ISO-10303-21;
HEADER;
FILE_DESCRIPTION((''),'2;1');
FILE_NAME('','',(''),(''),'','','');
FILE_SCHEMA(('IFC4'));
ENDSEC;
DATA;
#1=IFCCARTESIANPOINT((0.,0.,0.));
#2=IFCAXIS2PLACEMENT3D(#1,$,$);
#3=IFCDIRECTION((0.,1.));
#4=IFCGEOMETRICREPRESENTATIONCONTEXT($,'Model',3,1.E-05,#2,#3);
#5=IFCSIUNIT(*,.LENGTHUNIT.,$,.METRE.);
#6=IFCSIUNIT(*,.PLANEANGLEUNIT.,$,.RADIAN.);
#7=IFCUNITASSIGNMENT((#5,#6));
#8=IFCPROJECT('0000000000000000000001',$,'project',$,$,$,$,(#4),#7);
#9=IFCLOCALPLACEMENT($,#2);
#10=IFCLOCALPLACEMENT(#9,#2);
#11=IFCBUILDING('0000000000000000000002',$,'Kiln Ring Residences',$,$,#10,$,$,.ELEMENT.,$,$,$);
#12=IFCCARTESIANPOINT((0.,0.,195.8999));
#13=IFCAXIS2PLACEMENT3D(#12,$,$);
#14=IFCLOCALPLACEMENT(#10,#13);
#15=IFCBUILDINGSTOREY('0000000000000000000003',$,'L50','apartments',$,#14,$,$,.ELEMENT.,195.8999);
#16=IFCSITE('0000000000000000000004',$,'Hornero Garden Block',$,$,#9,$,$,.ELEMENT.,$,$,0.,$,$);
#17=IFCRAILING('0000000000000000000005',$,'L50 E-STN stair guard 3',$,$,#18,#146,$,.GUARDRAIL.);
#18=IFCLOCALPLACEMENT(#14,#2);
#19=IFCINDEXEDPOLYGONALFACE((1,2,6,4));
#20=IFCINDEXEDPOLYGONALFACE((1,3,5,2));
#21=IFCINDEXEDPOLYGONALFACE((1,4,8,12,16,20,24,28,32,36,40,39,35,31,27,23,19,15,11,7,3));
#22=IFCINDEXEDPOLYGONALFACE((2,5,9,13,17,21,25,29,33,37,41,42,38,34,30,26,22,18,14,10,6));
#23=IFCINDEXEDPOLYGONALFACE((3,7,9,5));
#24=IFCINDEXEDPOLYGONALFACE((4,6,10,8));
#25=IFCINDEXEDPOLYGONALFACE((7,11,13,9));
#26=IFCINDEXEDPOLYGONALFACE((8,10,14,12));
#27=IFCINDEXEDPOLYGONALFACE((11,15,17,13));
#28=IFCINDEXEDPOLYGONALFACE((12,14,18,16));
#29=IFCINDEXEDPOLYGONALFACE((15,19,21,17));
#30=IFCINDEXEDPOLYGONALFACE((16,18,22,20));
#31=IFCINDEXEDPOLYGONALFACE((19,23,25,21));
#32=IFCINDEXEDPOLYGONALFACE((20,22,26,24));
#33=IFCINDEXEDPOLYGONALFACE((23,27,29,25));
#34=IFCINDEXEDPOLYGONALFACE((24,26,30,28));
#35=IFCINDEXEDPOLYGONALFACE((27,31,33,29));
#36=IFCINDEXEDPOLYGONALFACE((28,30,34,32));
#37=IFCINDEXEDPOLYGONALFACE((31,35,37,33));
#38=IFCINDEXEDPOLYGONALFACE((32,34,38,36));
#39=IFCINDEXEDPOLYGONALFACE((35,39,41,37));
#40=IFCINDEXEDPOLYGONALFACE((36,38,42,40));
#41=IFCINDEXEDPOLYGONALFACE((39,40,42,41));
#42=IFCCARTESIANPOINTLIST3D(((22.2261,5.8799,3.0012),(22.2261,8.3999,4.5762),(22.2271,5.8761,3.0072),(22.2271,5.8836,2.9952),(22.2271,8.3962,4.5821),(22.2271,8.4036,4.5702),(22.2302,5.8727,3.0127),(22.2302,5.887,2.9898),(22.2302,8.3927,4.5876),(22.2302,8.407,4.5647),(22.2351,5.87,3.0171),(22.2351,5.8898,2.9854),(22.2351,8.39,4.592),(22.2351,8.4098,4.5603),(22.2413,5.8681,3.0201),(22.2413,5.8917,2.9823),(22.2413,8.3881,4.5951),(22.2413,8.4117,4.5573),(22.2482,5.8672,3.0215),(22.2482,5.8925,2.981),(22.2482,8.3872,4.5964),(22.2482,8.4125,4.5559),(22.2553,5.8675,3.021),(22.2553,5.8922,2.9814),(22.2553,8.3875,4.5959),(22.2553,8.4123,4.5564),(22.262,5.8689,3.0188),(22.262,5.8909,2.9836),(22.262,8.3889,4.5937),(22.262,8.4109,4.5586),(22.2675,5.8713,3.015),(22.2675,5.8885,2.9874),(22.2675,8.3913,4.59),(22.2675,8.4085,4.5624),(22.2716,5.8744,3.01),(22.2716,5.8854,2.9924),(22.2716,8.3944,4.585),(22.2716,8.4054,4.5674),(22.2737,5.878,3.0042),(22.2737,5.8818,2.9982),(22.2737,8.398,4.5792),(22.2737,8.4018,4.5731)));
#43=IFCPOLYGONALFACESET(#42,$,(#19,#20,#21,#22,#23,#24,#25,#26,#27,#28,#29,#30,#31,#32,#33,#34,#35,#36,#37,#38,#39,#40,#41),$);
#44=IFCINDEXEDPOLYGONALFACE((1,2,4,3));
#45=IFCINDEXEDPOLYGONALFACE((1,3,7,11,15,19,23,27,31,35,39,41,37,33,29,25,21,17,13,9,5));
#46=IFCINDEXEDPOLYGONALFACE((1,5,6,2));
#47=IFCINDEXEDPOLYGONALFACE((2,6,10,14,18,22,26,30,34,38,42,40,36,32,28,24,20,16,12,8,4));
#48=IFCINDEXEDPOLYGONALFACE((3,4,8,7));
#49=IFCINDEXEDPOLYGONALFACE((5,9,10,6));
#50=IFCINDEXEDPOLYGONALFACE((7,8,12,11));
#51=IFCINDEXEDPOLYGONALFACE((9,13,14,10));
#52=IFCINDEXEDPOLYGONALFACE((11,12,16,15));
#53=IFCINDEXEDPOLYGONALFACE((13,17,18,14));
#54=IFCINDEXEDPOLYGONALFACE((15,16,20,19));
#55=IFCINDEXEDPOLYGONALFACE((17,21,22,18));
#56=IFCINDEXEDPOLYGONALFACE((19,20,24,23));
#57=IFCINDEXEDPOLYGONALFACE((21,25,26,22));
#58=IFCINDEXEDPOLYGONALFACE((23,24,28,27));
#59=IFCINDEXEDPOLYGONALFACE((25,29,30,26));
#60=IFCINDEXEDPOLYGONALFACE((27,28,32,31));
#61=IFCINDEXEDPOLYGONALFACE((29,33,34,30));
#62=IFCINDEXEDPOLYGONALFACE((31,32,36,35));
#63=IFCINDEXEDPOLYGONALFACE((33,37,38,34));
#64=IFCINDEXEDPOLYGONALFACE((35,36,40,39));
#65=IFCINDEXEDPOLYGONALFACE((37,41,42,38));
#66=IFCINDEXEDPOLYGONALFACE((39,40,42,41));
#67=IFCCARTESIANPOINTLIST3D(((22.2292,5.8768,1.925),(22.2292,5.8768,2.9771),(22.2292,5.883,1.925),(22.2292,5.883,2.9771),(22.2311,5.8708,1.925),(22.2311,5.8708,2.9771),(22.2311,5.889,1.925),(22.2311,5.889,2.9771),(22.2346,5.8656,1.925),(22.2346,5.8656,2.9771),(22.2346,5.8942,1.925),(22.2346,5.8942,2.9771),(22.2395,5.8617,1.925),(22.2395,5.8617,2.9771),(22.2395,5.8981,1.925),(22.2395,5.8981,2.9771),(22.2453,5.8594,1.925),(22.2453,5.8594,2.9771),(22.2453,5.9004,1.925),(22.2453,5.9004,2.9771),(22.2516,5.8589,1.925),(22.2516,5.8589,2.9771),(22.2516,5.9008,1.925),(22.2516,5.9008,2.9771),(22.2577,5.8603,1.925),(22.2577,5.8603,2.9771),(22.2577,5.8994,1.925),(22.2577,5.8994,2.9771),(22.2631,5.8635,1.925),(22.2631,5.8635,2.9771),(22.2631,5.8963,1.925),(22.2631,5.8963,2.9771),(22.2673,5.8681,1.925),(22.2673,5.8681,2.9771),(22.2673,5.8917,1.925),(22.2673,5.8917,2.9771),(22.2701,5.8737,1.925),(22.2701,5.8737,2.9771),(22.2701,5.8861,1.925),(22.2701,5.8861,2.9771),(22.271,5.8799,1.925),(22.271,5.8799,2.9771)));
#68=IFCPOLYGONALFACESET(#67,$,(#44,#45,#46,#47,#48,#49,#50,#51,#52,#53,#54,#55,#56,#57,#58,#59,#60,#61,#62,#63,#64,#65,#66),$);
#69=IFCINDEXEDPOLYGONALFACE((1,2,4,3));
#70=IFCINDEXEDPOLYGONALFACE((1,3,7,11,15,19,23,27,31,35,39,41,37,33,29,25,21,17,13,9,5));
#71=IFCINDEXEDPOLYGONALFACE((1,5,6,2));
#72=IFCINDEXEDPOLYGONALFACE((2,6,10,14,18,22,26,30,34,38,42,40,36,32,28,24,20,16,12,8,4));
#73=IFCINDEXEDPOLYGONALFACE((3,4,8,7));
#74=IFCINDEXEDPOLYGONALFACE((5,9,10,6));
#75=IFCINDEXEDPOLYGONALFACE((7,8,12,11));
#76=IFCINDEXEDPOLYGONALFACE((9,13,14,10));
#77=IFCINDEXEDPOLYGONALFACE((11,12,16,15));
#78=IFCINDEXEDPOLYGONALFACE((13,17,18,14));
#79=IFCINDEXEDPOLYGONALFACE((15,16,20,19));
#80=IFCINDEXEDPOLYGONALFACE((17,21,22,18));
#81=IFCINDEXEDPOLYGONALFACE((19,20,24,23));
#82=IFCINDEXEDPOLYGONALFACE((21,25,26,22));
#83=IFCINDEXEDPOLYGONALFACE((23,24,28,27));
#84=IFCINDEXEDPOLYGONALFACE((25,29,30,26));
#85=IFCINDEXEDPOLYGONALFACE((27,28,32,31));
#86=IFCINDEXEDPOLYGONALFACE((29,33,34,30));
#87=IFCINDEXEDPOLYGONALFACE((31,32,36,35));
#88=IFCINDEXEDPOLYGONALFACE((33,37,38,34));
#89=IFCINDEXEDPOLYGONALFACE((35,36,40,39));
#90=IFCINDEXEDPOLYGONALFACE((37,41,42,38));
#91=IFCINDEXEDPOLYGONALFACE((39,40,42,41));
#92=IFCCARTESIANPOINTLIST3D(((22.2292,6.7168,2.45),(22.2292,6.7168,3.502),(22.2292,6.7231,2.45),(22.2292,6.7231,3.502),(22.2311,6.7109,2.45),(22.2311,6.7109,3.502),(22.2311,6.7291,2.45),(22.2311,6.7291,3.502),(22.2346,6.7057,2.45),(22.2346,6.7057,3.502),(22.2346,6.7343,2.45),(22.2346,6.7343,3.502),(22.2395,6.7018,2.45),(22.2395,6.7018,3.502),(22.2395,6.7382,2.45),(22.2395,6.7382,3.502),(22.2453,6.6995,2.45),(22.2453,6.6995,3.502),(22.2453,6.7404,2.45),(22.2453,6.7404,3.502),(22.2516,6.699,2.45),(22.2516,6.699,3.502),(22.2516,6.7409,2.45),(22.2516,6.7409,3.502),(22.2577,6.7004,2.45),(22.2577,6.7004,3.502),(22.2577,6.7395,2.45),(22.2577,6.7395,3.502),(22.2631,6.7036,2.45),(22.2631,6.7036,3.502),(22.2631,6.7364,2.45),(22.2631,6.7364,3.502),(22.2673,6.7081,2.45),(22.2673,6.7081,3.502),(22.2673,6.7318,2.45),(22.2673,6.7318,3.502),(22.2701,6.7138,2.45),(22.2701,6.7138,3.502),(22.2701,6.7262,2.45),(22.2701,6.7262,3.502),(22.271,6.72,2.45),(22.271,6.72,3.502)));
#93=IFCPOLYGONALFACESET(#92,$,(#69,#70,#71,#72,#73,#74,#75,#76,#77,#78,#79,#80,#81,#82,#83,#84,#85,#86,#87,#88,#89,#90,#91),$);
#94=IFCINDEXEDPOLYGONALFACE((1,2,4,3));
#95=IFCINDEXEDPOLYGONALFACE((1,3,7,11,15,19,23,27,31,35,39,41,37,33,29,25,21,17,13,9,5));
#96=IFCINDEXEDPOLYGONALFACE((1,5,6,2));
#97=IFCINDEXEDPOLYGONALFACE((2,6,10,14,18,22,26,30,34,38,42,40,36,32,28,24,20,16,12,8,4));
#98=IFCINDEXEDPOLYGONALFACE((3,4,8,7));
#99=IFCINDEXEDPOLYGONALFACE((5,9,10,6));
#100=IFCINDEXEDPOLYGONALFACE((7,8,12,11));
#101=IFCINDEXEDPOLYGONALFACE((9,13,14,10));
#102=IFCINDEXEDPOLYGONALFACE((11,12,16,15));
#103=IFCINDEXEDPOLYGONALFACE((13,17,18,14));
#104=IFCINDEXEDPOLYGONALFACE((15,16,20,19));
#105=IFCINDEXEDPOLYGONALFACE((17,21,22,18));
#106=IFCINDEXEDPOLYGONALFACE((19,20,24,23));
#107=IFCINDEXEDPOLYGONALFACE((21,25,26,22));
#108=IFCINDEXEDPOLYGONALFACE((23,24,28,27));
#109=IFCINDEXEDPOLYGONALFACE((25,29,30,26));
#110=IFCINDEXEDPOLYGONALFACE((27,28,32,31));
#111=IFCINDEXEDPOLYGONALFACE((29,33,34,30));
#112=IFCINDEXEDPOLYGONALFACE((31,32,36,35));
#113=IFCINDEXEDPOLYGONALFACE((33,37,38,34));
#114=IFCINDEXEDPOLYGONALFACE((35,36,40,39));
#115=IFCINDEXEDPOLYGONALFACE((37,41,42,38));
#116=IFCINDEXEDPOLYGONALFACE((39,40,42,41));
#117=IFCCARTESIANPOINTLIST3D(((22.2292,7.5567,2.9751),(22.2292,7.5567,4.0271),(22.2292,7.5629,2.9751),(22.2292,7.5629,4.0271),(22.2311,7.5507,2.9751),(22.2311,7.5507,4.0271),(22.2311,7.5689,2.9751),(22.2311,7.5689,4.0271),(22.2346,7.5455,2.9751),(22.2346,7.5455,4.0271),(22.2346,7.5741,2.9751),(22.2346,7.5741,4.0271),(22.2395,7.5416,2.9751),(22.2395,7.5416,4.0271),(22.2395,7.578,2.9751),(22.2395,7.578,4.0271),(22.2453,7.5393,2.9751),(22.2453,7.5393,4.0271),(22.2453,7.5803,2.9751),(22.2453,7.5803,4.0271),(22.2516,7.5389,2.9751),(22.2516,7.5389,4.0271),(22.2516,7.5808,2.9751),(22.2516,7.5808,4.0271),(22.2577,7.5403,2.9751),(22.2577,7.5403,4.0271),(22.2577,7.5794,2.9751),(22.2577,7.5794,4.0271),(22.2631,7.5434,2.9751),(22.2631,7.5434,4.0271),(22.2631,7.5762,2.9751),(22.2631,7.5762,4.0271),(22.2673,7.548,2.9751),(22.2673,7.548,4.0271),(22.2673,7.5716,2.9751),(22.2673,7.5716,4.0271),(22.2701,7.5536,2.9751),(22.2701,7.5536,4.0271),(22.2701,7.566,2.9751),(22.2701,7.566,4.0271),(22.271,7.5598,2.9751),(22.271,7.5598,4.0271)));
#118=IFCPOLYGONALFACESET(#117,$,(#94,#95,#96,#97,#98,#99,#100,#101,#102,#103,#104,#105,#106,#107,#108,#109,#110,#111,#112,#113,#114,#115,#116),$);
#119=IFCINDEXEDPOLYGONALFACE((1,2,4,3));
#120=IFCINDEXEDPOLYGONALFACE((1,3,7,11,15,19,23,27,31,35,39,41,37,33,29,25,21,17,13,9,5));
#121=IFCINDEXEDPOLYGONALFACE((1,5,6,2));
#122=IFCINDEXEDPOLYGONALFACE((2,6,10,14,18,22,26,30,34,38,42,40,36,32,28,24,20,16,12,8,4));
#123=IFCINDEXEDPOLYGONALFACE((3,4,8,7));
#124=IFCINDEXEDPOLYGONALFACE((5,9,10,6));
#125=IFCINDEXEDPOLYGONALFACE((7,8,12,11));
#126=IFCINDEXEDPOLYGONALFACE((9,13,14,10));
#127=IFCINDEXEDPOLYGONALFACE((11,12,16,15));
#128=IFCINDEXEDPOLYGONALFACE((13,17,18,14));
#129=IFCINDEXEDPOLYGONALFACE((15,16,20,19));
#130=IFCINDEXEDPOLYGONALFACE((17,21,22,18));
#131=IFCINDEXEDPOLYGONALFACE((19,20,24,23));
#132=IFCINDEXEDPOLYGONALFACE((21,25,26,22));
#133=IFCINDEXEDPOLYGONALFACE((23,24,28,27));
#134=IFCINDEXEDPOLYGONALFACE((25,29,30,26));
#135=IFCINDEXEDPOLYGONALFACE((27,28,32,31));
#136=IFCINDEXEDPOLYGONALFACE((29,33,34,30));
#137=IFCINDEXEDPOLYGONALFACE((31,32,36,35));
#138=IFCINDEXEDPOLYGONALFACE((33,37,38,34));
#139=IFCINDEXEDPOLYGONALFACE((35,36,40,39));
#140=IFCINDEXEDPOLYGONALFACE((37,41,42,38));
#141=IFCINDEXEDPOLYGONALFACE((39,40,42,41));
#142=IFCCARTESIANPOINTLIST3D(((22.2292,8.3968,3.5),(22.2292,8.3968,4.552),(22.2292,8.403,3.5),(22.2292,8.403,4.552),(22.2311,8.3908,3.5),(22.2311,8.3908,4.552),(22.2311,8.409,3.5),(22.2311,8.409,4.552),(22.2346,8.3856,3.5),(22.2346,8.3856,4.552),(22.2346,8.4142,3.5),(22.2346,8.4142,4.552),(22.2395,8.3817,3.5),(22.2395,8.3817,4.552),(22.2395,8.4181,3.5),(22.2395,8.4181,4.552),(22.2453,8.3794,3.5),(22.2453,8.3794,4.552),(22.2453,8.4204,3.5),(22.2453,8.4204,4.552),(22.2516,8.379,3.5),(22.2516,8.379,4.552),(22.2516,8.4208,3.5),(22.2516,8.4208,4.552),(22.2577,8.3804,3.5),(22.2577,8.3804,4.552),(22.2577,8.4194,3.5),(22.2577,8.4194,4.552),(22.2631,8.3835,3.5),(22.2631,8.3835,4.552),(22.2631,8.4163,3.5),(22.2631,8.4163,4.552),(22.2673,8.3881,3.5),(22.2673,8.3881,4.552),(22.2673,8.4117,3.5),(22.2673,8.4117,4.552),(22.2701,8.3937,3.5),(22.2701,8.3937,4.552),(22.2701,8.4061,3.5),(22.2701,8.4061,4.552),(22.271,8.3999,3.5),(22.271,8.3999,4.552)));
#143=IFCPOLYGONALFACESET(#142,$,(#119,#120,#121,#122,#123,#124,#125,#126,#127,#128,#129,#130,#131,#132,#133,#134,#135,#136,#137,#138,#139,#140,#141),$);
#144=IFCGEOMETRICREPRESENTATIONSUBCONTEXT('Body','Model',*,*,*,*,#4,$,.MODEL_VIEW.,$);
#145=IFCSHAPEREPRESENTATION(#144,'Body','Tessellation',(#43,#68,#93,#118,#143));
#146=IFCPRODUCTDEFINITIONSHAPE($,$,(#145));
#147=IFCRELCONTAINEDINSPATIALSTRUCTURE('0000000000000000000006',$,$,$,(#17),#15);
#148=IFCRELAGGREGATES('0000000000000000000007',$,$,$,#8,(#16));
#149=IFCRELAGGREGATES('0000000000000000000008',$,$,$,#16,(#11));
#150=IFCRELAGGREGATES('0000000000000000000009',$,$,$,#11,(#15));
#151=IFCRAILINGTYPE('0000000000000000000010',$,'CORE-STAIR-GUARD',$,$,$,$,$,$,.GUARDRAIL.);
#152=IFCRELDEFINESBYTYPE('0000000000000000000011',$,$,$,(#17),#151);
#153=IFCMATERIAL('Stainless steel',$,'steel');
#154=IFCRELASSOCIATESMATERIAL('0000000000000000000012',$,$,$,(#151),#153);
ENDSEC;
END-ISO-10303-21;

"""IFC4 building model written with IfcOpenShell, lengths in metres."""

from ifc_helpers import new_model, si_unit, direction, frame, origin, origin_2d, place, context, subcontext, project, spatial, circle, extrude, material, type_object, element, save


model = new_model("IFC4")

# Units and contexts
model_context = context("Model", 3, precision=1e-05, world=origin(), true_north=direction((0.0, 1.0)))
body_context = subcontext(model_context, "Body", "Model", "MODEL_VIEW")
ifc_project = project(units=[si_unit("LENGTHUNIT", "METRE"), si_unit("PLANEANGLEUNIT", "RADIAN")], contexts=[model_context])

# Site, building, storey
site_placement = place(None, origin())
site = spatial("IfcSite", under=ifc_project, at=site_placement, Name="Hornero Garden Block", CompositionType="ELEMENT", RefElevation=0.0)
building_placement = place(site_placement, origin())
building = spatial("IfcBuilding", under=site, at=building_placement, Name="Kiln Ring Residences", CompositionType="ELEMENT")
storey_placement = place(building_placement, frame((0.0, 0.0, 195.8999)))
storey = spatial("IfcBuildingStorey", under=building, at=storey_placement, Name="L50", Description="apartments", CompositionType="ELEMENT", Elevation=195.8999)

# Railing
ifc_material_1 = material(Name="Stainless steel", Category="steel")
railing_type_1 = type_object("IfcRailingType", Name="CORE-STAIR-GUARD", PredefinedType="GUARDRAIL", material=ifc_material_1)
railing_1_placement = place(storey_placement, frame((22.25, 5.8799, 1.925)))
element("IfcRailing", 1, at=railing_1_placement, inside=storey, type_object=railing_type_1, Name="L50 E-STN stair guard 3", PredefinedType="GUARDRAIL", context=body_context, shape_type="SweptSolid", body=[
    extrude(circle(Radius=0.0239, at=origin_2d()), frame((0.0, 0.0, 1.0762), z_axis=(0.0, 0.848008, 0.529984), x_axis=(-1.0, 0.0, 0.0)), (0.0, 0.0, 1.0), 2.9717),
    extrude(circle(Radius=0.021, at=origin_2d()), origin(), (0.0, 0.0, 1.0), 1.052),
    extrude(circle(Radius=0.021, at=origin_2d()), frame((0.0, 0.8401, 0.5249)), (0.0, 0.0, 1.0), 1.052),
    extrude(circle(Radius=0.021, at=origin_2d()), frame((0.0, 1.6799, 1.05)), (0.0, 0.0, 1.0), 1.052),
    extrude(circle(Radius=0.021, at=origin_2d()), frame((0.0, 2.52, 1.575)), (0.0, 0.0, 1.0), 1.052),
])

save(model, "model.ifc")
